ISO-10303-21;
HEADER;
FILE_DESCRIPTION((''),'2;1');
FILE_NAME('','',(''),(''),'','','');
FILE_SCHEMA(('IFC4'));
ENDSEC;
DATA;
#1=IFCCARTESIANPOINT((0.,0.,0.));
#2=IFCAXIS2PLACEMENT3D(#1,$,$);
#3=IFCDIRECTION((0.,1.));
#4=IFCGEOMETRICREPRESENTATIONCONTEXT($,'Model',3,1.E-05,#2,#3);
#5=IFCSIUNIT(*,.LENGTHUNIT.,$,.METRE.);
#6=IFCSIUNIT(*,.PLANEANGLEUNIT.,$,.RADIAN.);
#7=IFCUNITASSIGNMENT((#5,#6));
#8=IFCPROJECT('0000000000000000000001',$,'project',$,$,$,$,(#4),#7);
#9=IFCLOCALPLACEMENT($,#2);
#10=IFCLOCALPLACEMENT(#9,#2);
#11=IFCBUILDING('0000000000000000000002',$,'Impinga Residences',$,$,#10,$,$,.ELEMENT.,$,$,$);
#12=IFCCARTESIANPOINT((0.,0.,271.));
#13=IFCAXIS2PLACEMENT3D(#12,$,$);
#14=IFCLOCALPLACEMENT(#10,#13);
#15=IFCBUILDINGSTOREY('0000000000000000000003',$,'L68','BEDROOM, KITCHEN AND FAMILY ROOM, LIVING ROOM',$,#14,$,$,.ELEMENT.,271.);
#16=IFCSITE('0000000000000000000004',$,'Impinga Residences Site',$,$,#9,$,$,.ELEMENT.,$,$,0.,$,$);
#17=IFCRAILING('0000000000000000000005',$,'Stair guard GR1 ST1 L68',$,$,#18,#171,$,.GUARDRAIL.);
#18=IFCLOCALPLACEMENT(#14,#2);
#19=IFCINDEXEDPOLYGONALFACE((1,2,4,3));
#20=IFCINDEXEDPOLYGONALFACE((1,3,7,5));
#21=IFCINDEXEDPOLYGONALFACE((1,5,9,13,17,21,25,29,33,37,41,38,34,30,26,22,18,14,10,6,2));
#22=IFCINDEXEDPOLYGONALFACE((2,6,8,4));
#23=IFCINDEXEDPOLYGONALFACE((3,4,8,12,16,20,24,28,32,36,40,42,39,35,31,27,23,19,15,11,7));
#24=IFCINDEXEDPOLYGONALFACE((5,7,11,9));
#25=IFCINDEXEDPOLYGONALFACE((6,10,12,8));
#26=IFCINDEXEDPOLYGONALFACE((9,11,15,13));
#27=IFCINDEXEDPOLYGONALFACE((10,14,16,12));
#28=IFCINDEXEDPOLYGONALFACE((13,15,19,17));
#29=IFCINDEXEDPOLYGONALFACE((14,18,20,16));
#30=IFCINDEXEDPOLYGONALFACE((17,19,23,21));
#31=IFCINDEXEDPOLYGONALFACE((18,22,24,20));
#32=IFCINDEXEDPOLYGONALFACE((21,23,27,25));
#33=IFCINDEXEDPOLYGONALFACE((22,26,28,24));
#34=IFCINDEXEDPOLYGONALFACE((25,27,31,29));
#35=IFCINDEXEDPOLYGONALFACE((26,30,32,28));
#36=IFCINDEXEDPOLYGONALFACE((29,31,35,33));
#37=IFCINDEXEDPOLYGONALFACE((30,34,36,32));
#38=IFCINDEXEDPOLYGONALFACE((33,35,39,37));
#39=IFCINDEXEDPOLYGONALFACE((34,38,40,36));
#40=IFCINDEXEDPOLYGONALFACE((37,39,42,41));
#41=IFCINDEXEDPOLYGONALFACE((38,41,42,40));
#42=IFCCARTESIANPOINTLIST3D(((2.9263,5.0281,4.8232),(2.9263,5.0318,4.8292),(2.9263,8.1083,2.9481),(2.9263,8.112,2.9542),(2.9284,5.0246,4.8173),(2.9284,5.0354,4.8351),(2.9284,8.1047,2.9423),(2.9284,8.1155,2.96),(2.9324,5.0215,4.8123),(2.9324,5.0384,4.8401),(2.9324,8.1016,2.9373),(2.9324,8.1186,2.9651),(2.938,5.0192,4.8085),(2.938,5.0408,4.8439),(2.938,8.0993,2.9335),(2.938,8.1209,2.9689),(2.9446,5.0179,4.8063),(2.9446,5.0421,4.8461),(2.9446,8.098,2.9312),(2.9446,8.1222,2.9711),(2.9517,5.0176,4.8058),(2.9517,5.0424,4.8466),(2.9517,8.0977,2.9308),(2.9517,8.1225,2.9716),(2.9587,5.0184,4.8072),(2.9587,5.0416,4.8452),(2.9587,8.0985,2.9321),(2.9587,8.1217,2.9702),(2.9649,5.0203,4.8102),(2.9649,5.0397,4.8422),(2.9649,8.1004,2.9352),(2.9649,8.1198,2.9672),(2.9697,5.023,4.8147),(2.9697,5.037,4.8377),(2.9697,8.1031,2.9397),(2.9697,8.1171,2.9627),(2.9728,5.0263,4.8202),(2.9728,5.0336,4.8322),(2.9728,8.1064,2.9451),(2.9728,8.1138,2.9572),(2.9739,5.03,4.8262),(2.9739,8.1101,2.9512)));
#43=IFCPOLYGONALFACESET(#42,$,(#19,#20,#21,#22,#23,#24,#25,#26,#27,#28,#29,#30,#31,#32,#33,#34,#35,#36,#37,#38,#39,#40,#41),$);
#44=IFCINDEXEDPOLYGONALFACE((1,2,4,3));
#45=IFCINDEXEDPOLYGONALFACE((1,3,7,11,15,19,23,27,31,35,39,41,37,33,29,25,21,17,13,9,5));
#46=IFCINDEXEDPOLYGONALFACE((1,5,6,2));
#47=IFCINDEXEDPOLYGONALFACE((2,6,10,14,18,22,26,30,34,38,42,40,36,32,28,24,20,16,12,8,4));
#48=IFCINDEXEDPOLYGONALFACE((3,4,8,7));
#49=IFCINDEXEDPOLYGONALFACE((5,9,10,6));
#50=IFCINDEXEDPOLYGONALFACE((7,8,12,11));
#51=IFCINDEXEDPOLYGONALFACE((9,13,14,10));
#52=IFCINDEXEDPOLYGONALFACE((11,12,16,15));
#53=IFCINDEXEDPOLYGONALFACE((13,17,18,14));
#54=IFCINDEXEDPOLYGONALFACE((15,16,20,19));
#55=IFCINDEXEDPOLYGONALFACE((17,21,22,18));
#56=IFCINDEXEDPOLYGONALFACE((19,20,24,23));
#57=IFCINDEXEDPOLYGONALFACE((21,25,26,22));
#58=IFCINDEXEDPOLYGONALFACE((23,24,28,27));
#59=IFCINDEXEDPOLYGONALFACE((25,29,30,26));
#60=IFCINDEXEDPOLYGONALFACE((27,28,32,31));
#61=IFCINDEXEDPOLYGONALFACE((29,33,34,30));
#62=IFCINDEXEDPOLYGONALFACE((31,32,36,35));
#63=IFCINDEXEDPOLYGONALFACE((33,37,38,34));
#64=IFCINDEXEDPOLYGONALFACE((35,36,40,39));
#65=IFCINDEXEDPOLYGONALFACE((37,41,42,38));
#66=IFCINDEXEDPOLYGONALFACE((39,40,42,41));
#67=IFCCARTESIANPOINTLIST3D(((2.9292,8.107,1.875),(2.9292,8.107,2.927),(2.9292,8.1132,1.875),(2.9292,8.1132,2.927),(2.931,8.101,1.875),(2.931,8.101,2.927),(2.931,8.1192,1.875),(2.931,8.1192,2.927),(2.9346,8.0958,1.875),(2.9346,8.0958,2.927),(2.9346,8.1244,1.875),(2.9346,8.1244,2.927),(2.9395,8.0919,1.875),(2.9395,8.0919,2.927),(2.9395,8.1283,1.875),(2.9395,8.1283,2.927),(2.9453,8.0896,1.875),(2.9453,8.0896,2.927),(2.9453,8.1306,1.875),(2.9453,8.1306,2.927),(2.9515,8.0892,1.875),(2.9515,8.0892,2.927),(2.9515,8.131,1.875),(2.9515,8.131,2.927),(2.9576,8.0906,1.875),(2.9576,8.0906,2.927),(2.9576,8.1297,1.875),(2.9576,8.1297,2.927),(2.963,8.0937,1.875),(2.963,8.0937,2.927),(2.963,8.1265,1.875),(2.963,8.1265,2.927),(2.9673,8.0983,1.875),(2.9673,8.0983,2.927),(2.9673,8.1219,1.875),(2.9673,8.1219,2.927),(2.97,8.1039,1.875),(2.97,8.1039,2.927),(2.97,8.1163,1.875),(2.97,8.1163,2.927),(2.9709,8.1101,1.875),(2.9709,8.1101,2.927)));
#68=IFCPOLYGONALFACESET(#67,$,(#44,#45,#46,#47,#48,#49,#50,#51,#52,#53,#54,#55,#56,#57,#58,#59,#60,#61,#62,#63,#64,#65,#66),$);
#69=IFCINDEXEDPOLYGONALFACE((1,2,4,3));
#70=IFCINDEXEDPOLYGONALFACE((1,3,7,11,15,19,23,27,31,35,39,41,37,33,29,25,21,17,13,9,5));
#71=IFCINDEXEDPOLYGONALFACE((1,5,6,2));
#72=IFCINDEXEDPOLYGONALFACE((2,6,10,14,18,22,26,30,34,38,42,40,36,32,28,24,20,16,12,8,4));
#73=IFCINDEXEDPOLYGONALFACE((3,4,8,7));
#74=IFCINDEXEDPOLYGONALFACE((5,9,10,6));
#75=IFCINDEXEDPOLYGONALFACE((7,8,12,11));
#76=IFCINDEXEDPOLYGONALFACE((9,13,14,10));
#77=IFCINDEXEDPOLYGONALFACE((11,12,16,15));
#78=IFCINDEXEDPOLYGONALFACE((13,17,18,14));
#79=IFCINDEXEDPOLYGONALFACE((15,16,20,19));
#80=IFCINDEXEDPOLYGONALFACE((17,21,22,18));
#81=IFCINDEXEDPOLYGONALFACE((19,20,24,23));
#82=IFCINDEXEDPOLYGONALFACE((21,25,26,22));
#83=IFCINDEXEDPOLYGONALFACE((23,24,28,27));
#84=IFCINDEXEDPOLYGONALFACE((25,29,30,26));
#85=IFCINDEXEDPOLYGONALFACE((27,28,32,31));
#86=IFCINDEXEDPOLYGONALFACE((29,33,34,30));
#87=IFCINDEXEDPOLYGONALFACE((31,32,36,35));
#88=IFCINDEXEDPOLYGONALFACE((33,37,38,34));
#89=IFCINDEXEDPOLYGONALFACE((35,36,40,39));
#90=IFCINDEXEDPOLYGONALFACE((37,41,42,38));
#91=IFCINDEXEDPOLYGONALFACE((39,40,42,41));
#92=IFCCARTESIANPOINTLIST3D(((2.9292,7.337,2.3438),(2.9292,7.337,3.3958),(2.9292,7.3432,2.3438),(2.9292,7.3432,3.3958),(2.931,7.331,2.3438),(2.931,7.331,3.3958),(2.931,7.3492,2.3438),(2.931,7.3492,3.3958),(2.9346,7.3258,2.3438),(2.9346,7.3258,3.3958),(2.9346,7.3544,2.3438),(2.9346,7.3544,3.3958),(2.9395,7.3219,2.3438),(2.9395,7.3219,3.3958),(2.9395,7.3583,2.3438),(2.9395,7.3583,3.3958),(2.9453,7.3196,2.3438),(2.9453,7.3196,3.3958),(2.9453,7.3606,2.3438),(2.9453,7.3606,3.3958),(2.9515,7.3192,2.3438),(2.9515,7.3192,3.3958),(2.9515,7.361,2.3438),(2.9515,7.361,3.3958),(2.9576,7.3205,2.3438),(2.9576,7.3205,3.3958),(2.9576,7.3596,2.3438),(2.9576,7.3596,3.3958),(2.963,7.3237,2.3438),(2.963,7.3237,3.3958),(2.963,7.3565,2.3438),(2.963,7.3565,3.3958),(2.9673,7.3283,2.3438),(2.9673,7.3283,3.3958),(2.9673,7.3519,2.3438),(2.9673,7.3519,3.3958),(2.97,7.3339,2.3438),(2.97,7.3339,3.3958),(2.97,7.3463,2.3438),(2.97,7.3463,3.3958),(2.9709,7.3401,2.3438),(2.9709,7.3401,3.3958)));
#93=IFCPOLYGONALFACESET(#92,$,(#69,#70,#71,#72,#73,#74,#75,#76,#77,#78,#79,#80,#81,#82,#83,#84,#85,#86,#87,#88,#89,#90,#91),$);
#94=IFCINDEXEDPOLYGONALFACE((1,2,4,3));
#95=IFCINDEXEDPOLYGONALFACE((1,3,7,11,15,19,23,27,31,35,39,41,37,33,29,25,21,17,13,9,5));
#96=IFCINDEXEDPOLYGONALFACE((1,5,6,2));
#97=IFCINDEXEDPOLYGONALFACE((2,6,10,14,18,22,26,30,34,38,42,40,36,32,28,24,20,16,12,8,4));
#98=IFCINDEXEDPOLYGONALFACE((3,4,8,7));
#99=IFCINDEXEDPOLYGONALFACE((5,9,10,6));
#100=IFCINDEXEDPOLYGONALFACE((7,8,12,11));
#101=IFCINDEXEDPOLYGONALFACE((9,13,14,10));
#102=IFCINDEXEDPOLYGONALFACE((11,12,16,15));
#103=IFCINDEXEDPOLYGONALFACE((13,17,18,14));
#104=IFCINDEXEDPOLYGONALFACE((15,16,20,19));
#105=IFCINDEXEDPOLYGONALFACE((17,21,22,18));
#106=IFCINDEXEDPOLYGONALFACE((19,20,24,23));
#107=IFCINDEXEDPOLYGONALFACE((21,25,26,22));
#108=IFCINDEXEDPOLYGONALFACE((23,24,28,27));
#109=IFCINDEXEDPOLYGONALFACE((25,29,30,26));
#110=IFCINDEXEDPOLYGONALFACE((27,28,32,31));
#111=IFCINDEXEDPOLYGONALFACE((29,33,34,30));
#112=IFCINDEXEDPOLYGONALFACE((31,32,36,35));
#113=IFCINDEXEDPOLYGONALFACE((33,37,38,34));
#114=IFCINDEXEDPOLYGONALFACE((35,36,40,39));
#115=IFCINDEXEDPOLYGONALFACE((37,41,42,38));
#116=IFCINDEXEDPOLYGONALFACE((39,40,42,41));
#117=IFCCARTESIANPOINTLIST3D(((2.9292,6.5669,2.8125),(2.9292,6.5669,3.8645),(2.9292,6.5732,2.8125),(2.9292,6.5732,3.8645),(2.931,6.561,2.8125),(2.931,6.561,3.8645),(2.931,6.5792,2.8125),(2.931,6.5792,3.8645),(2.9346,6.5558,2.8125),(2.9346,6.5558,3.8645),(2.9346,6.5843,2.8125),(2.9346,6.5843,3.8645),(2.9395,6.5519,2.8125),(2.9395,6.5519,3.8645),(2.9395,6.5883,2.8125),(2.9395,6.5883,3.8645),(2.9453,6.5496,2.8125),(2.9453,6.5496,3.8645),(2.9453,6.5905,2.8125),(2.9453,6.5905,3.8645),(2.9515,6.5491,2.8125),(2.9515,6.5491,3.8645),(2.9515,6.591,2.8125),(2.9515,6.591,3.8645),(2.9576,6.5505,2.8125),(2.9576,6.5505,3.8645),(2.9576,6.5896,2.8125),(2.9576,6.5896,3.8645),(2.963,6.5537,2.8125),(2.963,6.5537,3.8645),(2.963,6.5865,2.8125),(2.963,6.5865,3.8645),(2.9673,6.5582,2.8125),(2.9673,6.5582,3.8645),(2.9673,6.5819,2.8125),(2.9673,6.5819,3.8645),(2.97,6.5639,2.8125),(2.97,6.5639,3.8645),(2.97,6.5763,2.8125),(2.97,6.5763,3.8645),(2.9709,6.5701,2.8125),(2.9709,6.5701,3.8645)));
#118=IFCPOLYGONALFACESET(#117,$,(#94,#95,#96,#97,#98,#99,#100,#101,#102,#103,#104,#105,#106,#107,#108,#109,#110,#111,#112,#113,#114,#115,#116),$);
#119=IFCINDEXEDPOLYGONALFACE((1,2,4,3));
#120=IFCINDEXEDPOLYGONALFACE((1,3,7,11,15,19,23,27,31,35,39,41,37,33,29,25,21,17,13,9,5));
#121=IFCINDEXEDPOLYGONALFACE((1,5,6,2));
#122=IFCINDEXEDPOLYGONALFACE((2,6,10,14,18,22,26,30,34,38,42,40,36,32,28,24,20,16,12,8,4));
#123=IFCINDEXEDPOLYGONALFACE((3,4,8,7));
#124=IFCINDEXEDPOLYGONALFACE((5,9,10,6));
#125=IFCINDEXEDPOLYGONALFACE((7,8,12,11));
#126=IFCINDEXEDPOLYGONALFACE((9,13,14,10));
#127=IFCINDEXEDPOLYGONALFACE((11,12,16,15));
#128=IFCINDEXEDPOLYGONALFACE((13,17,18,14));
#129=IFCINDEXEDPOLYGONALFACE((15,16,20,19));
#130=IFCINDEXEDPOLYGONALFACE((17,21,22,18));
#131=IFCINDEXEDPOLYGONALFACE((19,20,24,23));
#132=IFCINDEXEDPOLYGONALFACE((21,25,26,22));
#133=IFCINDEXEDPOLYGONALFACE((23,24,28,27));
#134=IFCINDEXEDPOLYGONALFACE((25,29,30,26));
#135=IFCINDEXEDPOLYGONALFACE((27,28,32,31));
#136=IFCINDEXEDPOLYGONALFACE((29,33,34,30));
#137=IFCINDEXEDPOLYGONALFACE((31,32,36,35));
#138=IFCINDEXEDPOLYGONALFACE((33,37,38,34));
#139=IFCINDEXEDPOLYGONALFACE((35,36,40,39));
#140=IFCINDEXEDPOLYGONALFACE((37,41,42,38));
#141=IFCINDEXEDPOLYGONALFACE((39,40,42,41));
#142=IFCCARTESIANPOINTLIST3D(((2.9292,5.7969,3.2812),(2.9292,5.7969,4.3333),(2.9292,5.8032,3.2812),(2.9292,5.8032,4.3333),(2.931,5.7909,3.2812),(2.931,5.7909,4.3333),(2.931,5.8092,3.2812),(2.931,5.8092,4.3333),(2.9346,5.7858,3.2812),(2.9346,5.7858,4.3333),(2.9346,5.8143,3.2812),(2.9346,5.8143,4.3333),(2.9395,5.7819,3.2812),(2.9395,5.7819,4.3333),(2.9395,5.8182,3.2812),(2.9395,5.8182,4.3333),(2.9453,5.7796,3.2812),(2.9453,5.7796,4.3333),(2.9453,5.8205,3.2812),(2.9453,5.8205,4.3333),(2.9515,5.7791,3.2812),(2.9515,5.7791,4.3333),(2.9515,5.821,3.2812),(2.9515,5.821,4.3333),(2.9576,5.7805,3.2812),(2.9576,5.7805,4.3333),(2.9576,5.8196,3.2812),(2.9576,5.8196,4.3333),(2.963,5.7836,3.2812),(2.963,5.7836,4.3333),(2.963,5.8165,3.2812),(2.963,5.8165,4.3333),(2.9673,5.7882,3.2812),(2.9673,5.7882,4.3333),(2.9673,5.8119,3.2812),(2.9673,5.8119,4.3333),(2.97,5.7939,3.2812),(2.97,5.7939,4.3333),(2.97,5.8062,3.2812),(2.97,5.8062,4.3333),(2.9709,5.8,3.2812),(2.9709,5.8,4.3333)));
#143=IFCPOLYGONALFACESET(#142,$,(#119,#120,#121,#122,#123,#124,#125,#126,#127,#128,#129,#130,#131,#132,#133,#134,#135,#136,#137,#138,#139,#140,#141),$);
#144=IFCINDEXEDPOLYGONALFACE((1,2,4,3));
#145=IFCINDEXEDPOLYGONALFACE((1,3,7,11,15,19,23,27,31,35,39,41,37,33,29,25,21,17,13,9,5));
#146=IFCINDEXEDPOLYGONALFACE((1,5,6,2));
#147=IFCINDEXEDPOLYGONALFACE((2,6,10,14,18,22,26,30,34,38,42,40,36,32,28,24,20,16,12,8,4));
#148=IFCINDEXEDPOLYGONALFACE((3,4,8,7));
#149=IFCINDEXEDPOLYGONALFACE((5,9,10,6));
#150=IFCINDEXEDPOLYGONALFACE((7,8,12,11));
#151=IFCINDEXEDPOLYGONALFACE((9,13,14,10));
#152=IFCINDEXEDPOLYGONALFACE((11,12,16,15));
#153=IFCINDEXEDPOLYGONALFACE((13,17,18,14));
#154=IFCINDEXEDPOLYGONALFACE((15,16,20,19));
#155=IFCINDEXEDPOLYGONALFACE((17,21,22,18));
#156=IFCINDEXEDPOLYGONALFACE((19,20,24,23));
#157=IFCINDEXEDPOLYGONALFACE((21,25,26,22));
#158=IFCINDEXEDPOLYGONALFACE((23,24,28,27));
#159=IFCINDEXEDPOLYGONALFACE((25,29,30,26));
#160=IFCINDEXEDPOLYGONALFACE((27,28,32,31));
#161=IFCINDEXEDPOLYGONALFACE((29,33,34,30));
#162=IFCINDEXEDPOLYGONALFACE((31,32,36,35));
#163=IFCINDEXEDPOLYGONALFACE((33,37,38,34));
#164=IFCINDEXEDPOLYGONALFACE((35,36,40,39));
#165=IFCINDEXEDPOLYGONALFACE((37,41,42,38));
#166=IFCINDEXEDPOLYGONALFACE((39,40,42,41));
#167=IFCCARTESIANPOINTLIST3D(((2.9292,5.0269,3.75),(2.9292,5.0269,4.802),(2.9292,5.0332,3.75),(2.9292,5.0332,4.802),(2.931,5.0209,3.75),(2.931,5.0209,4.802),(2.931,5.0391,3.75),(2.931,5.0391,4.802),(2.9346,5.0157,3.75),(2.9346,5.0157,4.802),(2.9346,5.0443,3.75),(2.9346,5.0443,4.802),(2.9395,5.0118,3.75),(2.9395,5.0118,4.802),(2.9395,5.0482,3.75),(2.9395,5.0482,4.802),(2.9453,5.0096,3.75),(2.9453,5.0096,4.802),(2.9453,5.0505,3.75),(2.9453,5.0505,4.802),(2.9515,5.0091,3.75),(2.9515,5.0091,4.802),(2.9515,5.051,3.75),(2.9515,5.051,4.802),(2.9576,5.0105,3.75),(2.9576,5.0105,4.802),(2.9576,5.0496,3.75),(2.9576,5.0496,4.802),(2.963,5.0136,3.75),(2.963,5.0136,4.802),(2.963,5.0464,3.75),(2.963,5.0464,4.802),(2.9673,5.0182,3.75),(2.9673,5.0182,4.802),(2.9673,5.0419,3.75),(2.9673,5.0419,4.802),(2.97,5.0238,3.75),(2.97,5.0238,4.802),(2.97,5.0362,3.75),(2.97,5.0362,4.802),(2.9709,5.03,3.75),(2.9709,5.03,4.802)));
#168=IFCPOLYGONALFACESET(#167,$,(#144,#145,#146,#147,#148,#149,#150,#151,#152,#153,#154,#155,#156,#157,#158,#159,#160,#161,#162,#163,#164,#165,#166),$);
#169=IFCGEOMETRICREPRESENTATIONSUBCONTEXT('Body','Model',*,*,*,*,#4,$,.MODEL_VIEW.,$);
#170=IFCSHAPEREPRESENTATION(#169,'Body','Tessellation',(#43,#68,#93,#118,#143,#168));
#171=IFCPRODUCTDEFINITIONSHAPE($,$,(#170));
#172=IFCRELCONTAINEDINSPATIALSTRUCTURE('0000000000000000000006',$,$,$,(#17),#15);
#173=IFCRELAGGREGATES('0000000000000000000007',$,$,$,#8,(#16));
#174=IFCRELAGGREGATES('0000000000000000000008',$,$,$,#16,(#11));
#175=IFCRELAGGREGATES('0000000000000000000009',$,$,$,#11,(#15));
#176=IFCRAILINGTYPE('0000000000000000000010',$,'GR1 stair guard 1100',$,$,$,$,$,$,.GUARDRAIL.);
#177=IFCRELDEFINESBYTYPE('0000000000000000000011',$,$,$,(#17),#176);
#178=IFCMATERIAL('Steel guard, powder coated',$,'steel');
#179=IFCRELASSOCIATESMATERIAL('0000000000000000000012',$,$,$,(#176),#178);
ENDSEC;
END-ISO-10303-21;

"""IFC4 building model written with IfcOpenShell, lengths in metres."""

from ifc_helpers import new_model, si_unit, direction, frame, origin, origin_2d, place, context, subcontext, project, spatial, circle, extrude, material, type_object, element, save


model = new_model("IFC4")

# Units and contexts
model_context = context("Model", 3, precision=1e-05, world=origin(), true_north=direction((0.0, 1.0)))
body_context = subcontext(model_context, "Body", "Model", "MODEL_VIEW")
ifc_project = project(units=[si_unit("LENGTHUNIT", "METRE"), si_unit("PLANEANGLEUNIT", "RADIAN")], contexts=[model_context])

# Site, building, storey
site_placement = place(None, origin())
site = spatial("IfcSite", under=ifc_project, at=site_placement, Name="Impinga Residences Site", CompositionType="ELEMENT", RefElevation=0.0)
building_placement = place(site_placement, origin())
building = spatial("IfcBuilding", under=site, at=building_placement, Name="Impinga Residences", CompositionType="ELEMENT")
storey_placement = place(building_placement, frame((0.0, 0.0, 271.0)))
storey = spatial("IfcBuildingStorey", under=building, at=storey_placement, Name="L68", Description="BEDROOM, KITCHEN AND FAMILY ROOM, LIVING ROOM", CompositionType="ELEMENT", Elevation=271.0)

# Railing
ifc_material_1 = material(Name="Steel guard, powder coated", Category="steel")
railing_type_1 = type_object("IfcRailingType", Name="GR1 stair guard 1100", PredefinedType="GUARDRAIL", material=ifc_material_1)
railing_1_placement = place(storey_placement, frame((2.95, 8.1101, 1.875)))
element("IfcRailing", 1, at=railing_1_placement, inside=storey, type_object=railing_type_1, Name="Stair guard GR1 ST1 L68", PredefinedType="GUARDRAIL", context=body_context, shape_type="SweptSolid", body=[
    extrude(circle(Radius=0.0239, at=origin_2d()), frame((0.0, 0.0, 1.0762), z_axis=(0.0, -0.854178, 0.519981), x_axis=(1.0, 0.0, 0.0)), (0.0, 0.0, 1.0), 3.606),
    extrude(circle(Radius=0.021, at=origin_2d()), origin(), (0.0, 0.0, 1.0), 1.052),
    extrude(circle(Radius=0.021, at=origin_2d()), frame((0.0, -0.77, 0.4688)), (0.0, 0.0, 1.0), 1.052),
    extrude(circle(Radius=0.021, at=origin_2d()), frame((0.0, -1.54, 0.9375)), (0.0, 0.0, 1.0), 1.052),
    extrude(circle(Radius=0.021, at=origin_2d()), frame((0.0, -2.3101, 1.4062)), (0.0, 0.0, 1.0), 1.052),
    extrude(circle(Radius=0.021, at=origin_2d()), frame((0.0, -3.0801, 1.875)), (0.0, 0.0, 1.0), 1.052),
])

save(model, "model.ifc")
